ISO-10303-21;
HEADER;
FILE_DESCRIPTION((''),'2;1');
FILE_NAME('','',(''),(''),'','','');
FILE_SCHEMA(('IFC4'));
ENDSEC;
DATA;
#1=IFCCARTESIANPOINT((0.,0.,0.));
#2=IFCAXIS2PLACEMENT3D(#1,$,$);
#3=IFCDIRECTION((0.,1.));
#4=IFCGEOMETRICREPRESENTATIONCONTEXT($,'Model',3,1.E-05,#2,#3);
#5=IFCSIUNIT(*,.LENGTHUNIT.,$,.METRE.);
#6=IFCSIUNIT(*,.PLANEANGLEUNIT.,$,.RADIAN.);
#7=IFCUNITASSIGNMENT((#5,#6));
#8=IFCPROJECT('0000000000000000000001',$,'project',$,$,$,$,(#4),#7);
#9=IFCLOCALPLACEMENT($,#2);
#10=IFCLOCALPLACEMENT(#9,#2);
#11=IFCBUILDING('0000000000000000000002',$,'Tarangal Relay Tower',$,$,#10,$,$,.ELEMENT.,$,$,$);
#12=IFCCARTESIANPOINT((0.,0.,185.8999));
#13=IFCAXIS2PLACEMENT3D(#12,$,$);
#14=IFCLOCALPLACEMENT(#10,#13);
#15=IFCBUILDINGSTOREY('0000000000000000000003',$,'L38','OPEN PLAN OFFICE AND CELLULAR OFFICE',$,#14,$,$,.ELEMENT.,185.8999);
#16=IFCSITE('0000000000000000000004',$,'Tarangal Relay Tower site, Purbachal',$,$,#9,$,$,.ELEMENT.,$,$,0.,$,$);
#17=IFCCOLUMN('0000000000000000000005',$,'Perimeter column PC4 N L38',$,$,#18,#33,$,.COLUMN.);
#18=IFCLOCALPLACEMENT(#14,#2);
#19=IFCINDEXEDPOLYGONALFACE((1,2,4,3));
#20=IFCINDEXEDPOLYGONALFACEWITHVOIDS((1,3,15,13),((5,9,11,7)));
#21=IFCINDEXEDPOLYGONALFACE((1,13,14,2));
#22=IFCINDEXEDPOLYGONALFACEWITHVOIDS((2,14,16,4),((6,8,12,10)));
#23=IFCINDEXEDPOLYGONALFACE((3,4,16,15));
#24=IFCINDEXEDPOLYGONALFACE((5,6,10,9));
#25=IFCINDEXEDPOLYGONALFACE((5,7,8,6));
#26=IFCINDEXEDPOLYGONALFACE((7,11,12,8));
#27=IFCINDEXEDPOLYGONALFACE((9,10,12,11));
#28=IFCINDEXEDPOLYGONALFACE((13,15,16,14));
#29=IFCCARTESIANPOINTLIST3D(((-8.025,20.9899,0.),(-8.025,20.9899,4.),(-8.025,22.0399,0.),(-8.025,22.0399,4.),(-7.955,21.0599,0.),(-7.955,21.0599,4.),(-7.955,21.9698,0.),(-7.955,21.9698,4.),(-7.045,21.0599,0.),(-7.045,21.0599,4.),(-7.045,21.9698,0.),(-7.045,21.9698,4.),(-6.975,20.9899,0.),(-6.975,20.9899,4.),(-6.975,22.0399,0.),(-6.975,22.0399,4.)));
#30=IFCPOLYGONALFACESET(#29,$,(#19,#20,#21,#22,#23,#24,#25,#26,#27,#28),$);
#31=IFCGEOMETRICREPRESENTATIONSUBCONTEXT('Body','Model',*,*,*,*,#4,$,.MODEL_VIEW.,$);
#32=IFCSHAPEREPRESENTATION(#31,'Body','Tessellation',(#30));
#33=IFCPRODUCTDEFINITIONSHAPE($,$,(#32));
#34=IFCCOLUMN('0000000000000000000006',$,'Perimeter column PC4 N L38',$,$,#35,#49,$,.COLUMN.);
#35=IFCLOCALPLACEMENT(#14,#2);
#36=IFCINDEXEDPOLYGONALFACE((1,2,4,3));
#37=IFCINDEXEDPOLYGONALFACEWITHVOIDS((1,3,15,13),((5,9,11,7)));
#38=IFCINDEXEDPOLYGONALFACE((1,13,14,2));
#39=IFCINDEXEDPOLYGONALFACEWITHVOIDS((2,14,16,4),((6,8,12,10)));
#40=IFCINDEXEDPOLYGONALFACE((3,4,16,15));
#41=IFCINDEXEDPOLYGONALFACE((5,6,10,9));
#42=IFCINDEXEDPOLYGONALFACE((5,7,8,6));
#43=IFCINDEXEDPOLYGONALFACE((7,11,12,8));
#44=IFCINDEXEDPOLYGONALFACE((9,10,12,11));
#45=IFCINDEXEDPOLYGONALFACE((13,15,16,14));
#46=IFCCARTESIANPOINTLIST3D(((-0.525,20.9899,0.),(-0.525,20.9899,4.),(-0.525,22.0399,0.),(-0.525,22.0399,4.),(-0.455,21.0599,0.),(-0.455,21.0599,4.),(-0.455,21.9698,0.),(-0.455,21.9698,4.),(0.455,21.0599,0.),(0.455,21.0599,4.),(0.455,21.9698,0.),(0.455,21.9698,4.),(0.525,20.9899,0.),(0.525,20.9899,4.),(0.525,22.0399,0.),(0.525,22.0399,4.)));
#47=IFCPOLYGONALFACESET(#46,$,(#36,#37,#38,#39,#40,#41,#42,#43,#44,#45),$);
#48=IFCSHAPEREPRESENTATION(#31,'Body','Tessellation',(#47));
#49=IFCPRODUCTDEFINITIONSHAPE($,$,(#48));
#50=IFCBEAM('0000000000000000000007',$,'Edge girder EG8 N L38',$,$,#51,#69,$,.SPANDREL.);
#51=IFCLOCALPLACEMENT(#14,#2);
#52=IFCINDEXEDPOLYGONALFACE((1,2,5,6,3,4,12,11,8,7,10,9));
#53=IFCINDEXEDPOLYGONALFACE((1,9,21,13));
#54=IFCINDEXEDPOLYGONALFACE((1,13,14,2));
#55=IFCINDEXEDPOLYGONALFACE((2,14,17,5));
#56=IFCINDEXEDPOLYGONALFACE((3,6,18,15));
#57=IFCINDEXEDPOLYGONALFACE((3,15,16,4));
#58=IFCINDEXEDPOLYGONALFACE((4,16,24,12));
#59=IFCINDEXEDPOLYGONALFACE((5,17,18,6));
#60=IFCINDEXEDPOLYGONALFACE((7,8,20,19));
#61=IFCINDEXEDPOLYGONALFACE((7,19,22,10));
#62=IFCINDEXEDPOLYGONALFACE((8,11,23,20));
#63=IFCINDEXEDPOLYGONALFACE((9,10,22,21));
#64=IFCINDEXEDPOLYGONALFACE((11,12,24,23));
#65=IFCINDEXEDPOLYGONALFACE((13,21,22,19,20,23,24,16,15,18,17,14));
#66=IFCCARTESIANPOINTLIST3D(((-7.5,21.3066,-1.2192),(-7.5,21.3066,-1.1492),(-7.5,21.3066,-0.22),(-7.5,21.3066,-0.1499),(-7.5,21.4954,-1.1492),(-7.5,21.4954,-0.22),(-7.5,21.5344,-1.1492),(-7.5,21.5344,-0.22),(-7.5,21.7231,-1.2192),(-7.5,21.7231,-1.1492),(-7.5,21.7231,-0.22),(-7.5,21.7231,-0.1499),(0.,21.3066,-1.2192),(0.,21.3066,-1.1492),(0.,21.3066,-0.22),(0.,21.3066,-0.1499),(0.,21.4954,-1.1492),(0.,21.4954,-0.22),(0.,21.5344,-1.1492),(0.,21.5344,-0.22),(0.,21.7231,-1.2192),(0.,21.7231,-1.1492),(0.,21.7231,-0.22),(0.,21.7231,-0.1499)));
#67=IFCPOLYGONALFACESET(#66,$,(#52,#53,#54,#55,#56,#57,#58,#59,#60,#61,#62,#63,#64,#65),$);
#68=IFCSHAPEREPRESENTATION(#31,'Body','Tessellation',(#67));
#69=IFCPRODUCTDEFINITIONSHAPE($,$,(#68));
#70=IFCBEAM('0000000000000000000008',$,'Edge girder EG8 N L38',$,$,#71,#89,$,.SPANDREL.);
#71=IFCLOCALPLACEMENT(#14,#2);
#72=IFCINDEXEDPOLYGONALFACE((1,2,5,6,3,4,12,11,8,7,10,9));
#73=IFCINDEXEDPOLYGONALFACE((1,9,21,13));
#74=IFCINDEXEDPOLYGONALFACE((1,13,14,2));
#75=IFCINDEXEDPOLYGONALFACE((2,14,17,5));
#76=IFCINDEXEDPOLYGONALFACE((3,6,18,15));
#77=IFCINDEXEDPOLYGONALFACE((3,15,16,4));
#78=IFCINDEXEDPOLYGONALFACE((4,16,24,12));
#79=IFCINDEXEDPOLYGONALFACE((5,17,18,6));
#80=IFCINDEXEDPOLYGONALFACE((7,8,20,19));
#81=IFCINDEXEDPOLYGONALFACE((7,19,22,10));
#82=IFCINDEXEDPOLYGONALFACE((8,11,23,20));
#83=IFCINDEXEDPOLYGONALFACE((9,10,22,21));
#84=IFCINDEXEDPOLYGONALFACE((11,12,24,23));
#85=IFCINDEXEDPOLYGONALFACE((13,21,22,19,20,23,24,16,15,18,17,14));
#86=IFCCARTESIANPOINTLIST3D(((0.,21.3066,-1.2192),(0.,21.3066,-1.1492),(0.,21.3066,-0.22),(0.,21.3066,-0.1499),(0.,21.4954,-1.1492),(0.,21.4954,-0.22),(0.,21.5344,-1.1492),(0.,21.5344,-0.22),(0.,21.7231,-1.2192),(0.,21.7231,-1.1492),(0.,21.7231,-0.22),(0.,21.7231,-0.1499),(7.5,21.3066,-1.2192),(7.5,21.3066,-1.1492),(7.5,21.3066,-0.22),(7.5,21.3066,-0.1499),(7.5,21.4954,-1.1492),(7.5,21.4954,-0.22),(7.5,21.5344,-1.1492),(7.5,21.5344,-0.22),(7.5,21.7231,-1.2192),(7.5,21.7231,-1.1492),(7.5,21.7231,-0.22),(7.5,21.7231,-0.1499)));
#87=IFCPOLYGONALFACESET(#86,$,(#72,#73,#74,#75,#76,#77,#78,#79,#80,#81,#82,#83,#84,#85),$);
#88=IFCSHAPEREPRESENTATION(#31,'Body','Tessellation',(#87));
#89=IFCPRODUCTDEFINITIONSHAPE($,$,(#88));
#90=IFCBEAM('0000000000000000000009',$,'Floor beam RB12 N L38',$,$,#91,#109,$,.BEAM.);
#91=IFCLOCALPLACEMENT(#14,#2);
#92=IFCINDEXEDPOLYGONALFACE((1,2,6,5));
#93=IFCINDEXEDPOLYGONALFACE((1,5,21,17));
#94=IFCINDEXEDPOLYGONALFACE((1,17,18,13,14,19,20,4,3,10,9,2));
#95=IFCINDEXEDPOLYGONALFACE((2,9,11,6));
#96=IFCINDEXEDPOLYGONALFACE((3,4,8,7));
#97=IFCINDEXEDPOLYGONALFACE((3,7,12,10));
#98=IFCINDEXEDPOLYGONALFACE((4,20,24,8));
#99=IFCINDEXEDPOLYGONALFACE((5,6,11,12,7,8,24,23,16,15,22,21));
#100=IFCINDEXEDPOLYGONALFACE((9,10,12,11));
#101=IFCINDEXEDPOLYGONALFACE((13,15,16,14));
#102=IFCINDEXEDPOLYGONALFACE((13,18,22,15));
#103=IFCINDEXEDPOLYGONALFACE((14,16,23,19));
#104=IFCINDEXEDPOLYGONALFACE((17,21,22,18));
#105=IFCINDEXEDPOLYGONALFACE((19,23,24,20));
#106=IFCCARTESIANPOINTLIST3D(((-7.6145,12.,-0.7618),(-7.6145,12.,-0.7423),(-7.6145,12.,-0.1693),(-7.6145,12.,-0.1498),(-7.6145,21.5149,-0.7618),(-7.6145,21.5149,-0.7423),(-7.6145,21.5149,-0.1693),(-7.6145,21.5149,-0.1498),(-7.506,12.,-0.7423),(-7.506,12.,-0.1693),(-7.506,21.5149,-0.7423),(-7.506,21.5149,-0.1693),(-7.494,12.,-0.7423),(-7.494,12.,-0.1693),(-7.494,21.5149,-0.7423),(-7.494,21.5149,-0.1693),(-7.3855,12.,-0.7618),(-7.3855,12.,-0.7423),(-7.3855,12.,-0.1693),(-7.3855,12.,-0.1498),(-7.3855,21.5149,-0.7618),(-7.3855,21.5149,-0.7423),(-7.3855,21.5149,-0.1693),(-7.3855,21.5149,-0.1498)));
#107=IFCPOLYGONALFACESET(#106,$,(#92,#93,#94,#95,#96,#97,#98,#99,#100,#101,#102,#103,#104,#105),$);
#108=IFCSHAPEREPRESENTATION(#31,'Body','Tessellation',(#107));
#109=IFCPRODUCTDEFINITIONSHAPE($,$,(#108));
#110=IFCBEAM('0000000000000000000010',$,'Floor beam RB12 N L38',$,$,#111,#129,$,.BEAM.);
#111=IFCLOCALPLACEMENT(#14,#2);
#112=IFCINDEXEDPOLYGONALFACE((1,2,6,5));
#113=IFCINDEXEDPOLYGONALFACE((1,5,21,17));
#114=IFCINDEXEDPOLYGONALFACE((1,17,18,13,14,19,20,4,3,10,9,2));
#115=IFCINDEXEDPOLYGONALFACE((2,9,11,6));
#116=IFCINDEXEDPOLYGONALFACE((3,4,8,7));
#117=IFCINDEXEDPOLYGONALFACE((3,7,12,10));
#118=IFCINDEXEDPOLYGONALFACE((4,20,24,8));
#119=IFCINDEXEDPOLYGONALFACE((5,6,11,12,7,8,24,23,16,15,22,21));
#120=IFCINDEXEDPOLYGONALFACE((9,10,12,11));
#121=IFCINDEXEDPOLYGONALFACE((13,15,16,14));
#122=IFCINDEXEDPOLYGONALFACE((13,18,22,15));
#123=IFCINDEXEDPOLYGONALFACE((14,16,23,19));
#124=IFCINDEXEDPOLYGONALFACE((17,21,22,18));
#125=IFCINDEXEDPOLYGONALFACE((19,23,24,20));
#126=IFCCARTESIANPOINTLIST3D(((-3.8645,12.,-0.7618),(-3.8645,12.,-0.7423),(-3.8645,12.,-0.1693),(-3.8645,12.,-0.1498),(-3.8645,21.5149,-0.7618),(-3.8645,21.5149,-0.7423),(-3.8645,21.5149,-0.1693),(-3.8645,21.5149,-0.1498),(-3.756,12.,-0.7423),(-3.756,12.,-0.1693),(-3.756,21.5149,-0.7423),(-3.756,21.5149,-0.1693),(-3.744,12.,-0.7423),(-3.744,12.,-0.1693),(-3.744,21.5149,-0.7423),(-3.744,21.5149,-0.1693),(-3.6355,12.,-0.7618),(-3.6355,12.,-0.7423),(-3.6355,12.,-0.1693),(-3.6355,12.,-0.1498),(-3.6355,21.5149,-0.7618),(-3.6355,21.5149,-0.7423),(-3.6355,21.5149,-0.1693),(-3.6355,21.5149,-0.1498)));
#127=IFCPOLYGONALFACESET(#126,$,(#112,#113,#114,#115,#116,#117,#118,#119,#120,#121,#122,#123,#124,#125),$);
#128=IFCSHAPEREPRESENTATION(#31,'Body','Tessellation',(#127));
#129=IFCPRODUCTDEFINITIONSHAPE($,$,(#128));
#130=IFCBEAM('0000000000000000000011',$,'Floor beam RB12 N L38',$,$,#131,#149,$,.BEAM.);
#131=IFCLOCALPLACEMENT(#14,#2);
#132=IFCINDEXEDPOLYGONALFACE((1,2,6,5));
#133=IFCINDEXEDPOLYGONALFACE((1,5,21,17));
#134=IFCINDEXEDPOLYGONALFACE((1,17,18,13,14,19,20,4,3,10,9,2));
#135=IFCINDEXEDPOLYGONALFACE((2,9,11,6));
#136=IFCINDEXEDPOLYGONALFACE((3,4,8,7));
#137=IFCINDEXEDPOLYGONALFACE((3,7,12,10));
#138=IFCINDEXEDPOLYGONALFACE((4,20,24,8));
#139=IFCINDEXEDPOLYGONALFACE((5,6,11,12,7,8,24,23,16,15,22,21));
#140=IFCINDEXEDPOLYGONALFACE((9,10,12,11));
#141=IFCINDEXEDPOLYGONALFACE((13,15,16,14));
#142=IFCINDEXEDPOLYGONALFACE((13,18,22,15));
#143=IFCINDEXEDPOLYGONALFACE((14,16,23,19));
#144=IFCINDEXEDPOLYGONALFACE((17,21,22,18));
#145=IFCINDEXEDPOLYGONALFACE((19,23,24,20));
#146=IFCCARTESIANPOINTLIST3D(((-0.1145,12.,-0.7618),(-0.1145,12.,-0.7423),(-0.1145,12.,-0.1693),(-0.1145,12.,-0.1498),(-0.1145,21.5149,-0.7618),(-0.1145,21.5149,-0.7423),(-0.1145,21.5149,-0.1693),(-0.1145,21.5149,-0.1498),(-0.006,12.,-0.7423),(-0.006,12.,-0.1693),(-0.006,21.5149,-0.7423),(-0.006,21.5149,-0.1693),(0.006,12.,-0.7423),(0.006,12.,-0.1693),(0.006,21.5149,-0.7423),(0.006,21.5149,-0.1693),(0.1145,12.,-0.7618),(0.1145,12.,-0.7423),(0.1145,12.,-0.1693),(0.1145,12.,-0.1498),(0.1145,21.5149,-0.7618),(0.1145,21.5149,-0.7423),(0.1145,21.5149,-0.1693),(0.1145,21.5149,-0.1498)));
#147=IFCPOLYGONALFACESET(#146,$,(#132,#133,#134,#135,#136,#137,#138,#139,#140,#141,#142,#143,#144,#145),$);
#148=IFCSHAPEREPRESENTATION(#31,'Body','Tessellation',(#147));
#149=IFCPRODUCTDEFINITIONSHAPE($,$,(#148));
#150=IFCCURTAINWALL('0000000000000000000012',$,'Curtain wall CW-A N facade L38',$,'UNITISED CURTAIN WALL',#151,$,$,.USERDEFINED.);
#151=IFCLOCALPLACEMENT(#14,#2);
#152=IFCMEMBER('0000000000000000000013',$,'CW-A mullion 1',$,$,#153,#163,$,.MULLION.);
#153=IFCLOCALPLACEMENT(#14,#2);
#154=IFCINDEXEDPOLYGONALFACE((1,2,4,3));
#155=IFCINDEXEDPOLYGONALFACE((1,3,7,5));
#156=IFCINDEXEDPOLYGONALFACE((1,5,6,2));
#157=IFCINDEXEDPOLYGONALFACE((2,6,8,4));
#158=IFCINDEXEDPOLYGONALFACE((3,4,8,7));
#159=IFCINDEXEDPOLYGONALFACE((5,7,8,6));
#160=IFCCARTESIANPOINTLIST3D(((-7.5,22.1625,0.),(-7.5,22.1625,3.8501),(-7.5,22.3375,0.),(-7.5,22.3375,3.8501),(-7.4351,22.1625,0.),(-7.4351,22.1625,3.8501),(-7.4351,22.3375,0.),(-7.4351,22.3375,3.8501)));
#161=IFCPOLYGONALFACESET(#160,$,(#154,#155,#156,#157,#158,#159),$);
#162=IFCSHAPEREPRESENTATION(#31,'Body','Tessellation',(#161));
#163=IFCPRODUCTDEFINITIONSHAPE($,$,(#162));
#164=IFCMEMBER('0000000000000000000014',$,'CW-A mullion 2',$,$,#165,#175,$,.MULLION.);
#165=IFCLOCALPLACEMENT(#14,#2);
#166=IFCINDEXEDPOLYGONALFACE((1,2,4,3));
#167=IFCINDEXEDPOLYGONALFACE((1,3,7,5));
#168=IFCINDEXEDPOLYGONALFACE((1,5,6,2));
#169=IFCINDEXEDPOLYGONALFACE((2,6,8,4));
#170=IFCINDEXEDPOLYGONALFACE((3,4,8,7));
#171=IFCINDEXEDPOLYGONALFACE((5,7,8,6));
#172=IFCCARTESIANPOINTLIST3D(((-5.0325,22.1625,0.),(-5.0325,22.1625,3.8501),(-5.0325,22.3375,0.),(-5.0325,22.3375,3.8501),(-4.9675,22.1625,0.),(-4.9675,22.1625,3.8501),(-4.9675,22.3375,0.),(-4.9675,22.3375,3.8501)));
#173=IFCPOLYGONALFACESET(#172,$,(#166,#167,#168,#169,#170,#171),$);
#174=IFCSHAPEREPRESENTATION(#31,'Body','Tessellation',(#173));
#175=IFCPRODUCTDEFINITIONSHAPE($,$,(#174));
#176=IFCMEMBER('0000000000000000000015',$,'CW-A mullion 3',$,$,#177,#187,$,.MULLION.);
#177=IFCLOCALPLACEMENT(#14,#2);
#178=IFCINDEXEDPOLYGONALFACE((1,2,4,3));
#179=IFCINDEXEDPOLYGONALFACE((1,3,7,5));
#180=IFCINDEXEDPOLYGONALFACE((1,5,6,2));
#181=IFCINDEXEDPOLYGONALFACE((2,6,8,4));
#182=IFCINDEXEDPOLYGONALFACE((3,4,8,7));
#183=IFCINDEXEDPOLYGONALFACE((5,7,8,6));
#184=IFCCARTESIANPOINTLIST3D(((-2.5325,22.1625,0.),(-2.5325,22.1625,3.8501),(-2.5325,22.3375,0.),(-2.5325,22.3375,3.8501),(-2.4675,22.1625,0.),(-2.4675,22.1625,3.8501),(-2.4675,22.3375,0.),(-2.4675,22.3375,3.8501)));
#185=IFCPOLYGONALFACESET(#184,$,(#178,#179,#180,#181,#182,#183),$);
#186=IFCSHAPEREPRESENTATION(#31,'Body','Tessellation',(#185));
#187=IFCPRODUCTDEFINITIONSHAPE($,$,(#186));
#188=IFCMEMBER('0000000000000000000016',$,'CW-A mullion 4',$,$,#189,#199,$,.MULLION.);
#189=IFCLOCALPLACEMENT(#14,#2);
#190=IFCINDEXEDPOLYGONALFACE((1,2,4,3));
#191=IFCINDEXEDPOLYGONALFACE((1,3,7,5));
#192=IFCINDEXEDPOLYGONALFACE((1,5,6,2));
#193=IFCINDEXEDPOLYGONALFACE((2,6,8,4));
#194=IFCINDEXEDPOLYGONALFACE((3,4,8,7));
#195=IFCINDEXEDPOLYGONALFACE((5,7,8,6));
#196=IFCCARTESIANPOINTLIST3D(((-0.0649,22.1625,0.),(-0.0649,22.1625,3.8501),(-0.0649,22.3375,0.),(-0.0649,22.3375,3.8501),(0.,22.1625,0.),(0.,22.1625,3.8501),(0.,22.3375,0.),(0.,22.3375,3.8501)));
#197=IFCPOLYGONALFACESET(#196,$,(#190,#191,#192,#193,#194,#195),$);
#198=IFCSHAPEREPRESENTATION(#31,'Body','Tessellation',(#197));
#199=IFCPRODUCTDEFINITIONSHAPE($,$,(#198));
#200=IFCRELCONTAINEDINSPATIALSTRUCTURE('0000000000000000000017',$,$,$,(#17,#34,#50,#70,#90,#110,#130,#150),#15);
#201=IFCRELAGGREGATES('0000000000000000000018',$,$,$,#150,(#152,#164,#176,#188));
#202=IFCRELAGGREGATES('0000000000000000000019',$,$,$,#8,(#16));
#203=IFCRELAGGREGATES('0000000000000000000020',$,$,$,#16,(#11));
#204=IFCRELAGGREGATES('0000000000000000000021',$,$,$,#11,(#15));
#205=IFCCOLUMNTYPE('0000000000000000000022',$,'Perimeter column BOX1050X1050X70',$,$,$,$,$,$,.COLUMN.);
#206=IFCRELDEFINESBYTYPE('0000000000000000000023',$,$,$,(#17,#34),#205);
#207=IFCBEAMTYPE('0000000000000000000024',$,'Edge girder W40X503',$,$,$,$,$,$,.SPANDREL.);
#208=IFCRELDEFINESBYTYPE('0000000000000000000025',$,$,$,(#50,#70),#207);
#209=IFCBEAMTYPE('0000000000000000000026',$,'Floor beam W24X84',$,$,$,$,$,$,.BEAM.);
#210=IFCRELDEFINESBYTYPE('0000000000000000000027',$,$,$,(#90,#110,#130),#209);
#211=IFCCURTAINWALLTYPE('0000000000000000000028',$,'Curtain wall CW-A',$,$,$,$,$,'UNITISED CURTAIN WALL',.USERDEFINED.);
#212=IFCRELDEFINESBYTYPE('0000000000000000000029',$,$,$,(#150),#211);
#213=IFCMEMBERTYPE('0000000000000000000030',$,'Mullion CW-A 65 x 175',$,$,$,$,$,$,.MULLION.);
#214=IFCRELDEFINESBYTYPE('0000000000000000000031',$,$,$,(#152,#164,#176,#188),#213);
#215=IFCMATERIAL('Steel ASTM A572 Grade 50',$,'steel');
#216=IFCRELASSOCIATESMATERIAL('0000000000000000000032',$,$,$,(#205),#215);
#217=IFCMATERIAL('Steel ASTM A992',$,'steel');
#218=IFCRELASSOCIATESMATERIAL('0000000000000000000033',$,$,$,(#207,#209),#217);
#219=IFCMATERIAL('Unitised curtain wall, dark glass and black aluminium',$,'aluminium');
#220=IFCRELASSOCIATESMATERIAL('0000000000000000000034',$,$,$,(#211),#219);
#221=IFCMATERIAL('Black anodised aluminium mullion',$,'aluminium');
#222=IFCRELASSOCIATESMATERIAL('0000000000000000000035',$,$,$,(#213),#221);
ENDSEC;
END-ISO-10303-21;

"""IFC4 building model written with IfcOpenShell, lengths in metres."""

from ifc_helpers import new_model, si_unit, direction, frame, origin, origin_2d, place, context, subcontext, project, spatial, rectangle, hollow_rectangle, i_section, extrude, material, material_profile, profile_set, type_object, element, aggregate, save


model = new_model("IFC4")

# Units and contexts
model_context = context("Model", 3, precision=1e-05, world=origin(), true_north=direction((0.0, 1.0)))
body_context = subcontext(model_context, "Body", "Model", "MODEL_VIEW")
ifc_project = project(units=[si_unit("LENGTHUNIT", "METRE"), si_unit("PLANEANGLEUNIT", "RADIAN")], contexts=[model_context])

# Site, building, storey
site_placement = place(None, origin())
site = spatial("IfcSite", under=ifc_project, at=site_placement, Name="Tarangal Relay Tower site, Purbachal", CompositionType="ELEMENT", RefElevation=0.0)
building_placement = place(site_placement, origin())
building = spatial("IfcBuilding", under=site, at=building_placement, Name="Tarangal Relay Tower", CompositionType="ELEMENT")
storey_placement = place(building_placement, frame((0.0, 0.0, 185.8999)))
storey = spatial("IfcBuildingStorey", under=building, at=storey_placement, Name="L38", Description="OPEN PLAN OFFICE AND CELLULAR OFFICE", CompositionType="ELEMENT", Elevation=185.8999)

# Columns
ifc_material_1 = material(Name="Steel ASTM A572 Grade 50", Category="steel")
ifc_material_profile_1 = material_profile(ifc_material_1, hollow_rectangle(XDim=1.05, YDim=1.05, WallThickness=0.0701, at=origin_2d()), Name="BOX1050X1050X70")
ifc_profile_set_1 = profile_set([ifc_material_profile_1], Name="Steel ASTM A572 Grade 50")
column_type = type_object("IfcColumnType", Name="Perimeter column BOX1050X1050X70", PredefinedType="COLUMN", material=ifc_profile_set_1)
for number, where, z_axis, x_axis, name in (
    (1, (-7.5, 21.5149, 0.0), (0.0, 0.0, 1.0), (1.0, 0.0, 0.0), "Perimeter column PC4 N L38"),
    (2, (0.0, 21.5149, 0.0), (0.0, 0.0, 1.0), (1.0, 0.0, 0.0), "Perimeter column PC4 N L38"),
):
    element("IfcColumn", number, at=place(storey_placement, frame(where, z_axis=z_axis, x_axis=x_axis)), inside=storey, type_object=column_type, Name=name, PredefinedType="COLUMN", context=body_context, shape_type="SweptSolid", body=[
        extrude(hollow_rectangle(XDim=1.05, YDim=1.05, WallThickness=0.0701, at=origin_2d()), origin(), (0.0, 0.0, 1.0), 4.0),
    ])

# Beams
ifc_material_2 = material(Name="Steel ASTM A992", Category="steel")
ifc_material_profile_2 = material_profile(ifc_material_2, i_section(OverallWidth=0.4165, OverallDepth=1.0693, WebThickness=0.0391, FlangeThickness=0.0701, at=origin_2d()), Name="W40X503")
ifc_profile_set_2 = profile_set([ifc_material_profile_2], Name="Steel ASTM A992")
beam_type_1 = type_object("IfcBeamType", Name="Edge girder W40X503", PredefinedType="SPANDREL", material=ifc_profile_set_2)
for number, where, z_axis, x_axis, name in (
    (3, (-7.5, 21.5149, -0.6846), (1.0, 0.0, 0.0), (0.0, 1.0, 0.0), "Edge girder EG8 N L38"),
    (4, (0.0, 21.5149, -0.6846), (1.0, 0.0, 0.0), (0.0, 1.0, 0.0), "Edge girder EG8 N L38"),
):
    element("IfcBeam", number, at=place(storey_placement, frame(where, z_axis=z_axis, x_axis=x_axis)), inside=storey, type_object=beam_type_1, Name=name, PredefinedType="SPANDREL", context=body_context, shape_type="SweptSolid", body=[
        extrude(i_section(OverallWidth=0.4165, OverallDepth=1.0693, WebThickness=0.0391, FlangeThickness=0.0701, at=origin_2d()), origin(), (0.0, 0.0, 1.0), 7.5),
    ])
ifc_material_profile_3 = material_profile(ifc_material_2, i_section(OverallWidth=0.229, OverallDepth=0.6121, WebThickness=0.012, FlangeThickness=0.0195, at=origin_2d()), Name="W24X84")
ifc_profile_set_3 = profile_set([ifc_material_profile_3], Name="Steel ASTM A992")
beam_type_2 = type_object("IfcBeamType", Name="Floor beam W24X84", PredefinedType="BEAM", material=ifc_profile_set_3)
for number, where, z_axis, x_axis, name in (
    (5, (-7.5, 12.0, -0.4558), (0.0, 1.0, 0.0), (-1.0, 0.0, 0.0), "Floor beam RB12 N L38"),
    (6, (-3.75, 12.0, -0.4558), (0.0, 1.0, 0.0), (-1.0, 0.0, 0.0), "Floor beam RB12 N L38"),
    (7, (0.0, 12.0, -0.4558), (0.0, 1.0, 0.0), (-1.0, 0.0, 0.0), "Floor beam RB12 N L38"),
):
    element("IfcBeam", number, at=place(storey_placement, frame(where, z_axis=z_axis, x_axis=x_axis)), inside=storey, type_object=beam_type_2, Name=name, PredefinedType="BEAM", context=body_context, shape_type="SweptSolid", body=[
        extrude(i_section(OverallWidth=0.229, OverallDepth=0.6121, WebThickness=0.012, FlangeThickness=0.0195, at=origin_2d()), origin(), (0.0, 0.0, 1.0), 9.5149),
    ])

# Curtain wall, members
ifc_material_3 = material(Name="Unitised curtain wall, dark glass and black aluminium", Category="aluminium")
curtain_wall_type_1 = type_object("IfcCurtainWallType", Name="Curtain wall CW-A", ElementType="UNITISED CURTAIN WALL", PredefinedType="USERDEFINED", material=ifc_material_3)
curtain_wall_1_placement = place(storey_placement, origin())
curtain_wall_1 = element("IfcCurtainWall", 8, at=curtain_wall_1_placement, inside=storey, type_object=curtain_wall_type_1, Name="Curtain wall CW-A N facade L38", ObjectType="UNITISED CURTAIN WALL", PredefinedType="USERDEFINED")
ifc_material_4 = material(Name="Black anodised aluminium mullion", Category="aluminium")
ifc_material_profile_4 = material_profile(ifc_material_4, rectangle(XDim=0.175, YDim=0.0649, at=origin_2d()), Name="CW-AM 65X175")
ifc_profile_set_4 = profile_set([ifc_material_profile_4], Name="Black anodised aluminium mullion")
member_type_1 = type_object("IfcMemberType", Name="Mullion CW-A 65 x 175", PredefinedType="MULLION", material=ifc_profile_set_4)
member_1_placement = place(storey_placement, frame((-7.4675, 22.25, 0.0), z_axis=(0.0, 0.0, 1.0), x_axis=(0.0, 1.0, 0.0)))
member_1 = element("IfcMember", 9, at=member_1_placement, type_object=member_type_1, Name="CW-A mullion 1", PredefinedType="MULLION", context=body_context, shape_type="SweptSolid", body=[
    extrude(rectangle(XDim=0.175, YDim=0.0649, at=origin_2d()), origin(), (0.0, 0.0, 1.0), 3.8501),
])
member_2_placement = place(storey_placement, frame((-5.0, 22.25, 0.0), z_axis=(0.0, 0.0, 1.0), x_axis=(0.0, 1.0, 0.0)))
member_2 = element("IfcMember", 10, at=member_2_placement, type_object=member_type_1, Name="CW-A mullion 2", PredefinedType="MULLION", context=body_context, shape_type="SweptSolid", body=[
    extrude(rectangle(XDim=0.175, YDim=0.0649, at=origin_2d()), origin(), (0.0, 0.0, 1.0), 3.8501),
])
member_3_placement = place(storey_placement, frame((-2.5, 22.25, 0.0), z_axis=(0.0, 0.0, 1.0), x_axis=(0.0, 1.0, 0.0)))
member_3 = element("IfcMember", 11, at=member_3_placement, type_object=member_type_1, Name="CW-A mullion 3", PredefinedType="MULLION", context=body_context, shape_type="SweptSolid", body=[
    extrude(rectangle(XDim=0.175, YDim=0.0649, at=origin_2d()), origin(), (0.0, 0.0, 1.0), 3.8501),
])
member_4_placement = place(storey_placement, frame((-0.0325, 22.25, 0.0), z_axis=(0.0, 0.0, 1.0), x_axis=(0.0, 1.0, 0.0)))
member_4 = element("IfcMember", 12, at=member_4_placement, type_object=member_type_1, Name="CW-A mullion 4", PredefinedType="MULLION", context=body_context, shape_type="SweptSolid", body=[
    extrude(rectangle(XDim=0.175, YDim=0.0649, at=origin_2d()), origin(), (0.0, 0.0, 1.0), 3.8501),
])

aggregate(curtain_wall_1, [member_1, member_2, member_3, member_4])

save(model, "model.ifc")
